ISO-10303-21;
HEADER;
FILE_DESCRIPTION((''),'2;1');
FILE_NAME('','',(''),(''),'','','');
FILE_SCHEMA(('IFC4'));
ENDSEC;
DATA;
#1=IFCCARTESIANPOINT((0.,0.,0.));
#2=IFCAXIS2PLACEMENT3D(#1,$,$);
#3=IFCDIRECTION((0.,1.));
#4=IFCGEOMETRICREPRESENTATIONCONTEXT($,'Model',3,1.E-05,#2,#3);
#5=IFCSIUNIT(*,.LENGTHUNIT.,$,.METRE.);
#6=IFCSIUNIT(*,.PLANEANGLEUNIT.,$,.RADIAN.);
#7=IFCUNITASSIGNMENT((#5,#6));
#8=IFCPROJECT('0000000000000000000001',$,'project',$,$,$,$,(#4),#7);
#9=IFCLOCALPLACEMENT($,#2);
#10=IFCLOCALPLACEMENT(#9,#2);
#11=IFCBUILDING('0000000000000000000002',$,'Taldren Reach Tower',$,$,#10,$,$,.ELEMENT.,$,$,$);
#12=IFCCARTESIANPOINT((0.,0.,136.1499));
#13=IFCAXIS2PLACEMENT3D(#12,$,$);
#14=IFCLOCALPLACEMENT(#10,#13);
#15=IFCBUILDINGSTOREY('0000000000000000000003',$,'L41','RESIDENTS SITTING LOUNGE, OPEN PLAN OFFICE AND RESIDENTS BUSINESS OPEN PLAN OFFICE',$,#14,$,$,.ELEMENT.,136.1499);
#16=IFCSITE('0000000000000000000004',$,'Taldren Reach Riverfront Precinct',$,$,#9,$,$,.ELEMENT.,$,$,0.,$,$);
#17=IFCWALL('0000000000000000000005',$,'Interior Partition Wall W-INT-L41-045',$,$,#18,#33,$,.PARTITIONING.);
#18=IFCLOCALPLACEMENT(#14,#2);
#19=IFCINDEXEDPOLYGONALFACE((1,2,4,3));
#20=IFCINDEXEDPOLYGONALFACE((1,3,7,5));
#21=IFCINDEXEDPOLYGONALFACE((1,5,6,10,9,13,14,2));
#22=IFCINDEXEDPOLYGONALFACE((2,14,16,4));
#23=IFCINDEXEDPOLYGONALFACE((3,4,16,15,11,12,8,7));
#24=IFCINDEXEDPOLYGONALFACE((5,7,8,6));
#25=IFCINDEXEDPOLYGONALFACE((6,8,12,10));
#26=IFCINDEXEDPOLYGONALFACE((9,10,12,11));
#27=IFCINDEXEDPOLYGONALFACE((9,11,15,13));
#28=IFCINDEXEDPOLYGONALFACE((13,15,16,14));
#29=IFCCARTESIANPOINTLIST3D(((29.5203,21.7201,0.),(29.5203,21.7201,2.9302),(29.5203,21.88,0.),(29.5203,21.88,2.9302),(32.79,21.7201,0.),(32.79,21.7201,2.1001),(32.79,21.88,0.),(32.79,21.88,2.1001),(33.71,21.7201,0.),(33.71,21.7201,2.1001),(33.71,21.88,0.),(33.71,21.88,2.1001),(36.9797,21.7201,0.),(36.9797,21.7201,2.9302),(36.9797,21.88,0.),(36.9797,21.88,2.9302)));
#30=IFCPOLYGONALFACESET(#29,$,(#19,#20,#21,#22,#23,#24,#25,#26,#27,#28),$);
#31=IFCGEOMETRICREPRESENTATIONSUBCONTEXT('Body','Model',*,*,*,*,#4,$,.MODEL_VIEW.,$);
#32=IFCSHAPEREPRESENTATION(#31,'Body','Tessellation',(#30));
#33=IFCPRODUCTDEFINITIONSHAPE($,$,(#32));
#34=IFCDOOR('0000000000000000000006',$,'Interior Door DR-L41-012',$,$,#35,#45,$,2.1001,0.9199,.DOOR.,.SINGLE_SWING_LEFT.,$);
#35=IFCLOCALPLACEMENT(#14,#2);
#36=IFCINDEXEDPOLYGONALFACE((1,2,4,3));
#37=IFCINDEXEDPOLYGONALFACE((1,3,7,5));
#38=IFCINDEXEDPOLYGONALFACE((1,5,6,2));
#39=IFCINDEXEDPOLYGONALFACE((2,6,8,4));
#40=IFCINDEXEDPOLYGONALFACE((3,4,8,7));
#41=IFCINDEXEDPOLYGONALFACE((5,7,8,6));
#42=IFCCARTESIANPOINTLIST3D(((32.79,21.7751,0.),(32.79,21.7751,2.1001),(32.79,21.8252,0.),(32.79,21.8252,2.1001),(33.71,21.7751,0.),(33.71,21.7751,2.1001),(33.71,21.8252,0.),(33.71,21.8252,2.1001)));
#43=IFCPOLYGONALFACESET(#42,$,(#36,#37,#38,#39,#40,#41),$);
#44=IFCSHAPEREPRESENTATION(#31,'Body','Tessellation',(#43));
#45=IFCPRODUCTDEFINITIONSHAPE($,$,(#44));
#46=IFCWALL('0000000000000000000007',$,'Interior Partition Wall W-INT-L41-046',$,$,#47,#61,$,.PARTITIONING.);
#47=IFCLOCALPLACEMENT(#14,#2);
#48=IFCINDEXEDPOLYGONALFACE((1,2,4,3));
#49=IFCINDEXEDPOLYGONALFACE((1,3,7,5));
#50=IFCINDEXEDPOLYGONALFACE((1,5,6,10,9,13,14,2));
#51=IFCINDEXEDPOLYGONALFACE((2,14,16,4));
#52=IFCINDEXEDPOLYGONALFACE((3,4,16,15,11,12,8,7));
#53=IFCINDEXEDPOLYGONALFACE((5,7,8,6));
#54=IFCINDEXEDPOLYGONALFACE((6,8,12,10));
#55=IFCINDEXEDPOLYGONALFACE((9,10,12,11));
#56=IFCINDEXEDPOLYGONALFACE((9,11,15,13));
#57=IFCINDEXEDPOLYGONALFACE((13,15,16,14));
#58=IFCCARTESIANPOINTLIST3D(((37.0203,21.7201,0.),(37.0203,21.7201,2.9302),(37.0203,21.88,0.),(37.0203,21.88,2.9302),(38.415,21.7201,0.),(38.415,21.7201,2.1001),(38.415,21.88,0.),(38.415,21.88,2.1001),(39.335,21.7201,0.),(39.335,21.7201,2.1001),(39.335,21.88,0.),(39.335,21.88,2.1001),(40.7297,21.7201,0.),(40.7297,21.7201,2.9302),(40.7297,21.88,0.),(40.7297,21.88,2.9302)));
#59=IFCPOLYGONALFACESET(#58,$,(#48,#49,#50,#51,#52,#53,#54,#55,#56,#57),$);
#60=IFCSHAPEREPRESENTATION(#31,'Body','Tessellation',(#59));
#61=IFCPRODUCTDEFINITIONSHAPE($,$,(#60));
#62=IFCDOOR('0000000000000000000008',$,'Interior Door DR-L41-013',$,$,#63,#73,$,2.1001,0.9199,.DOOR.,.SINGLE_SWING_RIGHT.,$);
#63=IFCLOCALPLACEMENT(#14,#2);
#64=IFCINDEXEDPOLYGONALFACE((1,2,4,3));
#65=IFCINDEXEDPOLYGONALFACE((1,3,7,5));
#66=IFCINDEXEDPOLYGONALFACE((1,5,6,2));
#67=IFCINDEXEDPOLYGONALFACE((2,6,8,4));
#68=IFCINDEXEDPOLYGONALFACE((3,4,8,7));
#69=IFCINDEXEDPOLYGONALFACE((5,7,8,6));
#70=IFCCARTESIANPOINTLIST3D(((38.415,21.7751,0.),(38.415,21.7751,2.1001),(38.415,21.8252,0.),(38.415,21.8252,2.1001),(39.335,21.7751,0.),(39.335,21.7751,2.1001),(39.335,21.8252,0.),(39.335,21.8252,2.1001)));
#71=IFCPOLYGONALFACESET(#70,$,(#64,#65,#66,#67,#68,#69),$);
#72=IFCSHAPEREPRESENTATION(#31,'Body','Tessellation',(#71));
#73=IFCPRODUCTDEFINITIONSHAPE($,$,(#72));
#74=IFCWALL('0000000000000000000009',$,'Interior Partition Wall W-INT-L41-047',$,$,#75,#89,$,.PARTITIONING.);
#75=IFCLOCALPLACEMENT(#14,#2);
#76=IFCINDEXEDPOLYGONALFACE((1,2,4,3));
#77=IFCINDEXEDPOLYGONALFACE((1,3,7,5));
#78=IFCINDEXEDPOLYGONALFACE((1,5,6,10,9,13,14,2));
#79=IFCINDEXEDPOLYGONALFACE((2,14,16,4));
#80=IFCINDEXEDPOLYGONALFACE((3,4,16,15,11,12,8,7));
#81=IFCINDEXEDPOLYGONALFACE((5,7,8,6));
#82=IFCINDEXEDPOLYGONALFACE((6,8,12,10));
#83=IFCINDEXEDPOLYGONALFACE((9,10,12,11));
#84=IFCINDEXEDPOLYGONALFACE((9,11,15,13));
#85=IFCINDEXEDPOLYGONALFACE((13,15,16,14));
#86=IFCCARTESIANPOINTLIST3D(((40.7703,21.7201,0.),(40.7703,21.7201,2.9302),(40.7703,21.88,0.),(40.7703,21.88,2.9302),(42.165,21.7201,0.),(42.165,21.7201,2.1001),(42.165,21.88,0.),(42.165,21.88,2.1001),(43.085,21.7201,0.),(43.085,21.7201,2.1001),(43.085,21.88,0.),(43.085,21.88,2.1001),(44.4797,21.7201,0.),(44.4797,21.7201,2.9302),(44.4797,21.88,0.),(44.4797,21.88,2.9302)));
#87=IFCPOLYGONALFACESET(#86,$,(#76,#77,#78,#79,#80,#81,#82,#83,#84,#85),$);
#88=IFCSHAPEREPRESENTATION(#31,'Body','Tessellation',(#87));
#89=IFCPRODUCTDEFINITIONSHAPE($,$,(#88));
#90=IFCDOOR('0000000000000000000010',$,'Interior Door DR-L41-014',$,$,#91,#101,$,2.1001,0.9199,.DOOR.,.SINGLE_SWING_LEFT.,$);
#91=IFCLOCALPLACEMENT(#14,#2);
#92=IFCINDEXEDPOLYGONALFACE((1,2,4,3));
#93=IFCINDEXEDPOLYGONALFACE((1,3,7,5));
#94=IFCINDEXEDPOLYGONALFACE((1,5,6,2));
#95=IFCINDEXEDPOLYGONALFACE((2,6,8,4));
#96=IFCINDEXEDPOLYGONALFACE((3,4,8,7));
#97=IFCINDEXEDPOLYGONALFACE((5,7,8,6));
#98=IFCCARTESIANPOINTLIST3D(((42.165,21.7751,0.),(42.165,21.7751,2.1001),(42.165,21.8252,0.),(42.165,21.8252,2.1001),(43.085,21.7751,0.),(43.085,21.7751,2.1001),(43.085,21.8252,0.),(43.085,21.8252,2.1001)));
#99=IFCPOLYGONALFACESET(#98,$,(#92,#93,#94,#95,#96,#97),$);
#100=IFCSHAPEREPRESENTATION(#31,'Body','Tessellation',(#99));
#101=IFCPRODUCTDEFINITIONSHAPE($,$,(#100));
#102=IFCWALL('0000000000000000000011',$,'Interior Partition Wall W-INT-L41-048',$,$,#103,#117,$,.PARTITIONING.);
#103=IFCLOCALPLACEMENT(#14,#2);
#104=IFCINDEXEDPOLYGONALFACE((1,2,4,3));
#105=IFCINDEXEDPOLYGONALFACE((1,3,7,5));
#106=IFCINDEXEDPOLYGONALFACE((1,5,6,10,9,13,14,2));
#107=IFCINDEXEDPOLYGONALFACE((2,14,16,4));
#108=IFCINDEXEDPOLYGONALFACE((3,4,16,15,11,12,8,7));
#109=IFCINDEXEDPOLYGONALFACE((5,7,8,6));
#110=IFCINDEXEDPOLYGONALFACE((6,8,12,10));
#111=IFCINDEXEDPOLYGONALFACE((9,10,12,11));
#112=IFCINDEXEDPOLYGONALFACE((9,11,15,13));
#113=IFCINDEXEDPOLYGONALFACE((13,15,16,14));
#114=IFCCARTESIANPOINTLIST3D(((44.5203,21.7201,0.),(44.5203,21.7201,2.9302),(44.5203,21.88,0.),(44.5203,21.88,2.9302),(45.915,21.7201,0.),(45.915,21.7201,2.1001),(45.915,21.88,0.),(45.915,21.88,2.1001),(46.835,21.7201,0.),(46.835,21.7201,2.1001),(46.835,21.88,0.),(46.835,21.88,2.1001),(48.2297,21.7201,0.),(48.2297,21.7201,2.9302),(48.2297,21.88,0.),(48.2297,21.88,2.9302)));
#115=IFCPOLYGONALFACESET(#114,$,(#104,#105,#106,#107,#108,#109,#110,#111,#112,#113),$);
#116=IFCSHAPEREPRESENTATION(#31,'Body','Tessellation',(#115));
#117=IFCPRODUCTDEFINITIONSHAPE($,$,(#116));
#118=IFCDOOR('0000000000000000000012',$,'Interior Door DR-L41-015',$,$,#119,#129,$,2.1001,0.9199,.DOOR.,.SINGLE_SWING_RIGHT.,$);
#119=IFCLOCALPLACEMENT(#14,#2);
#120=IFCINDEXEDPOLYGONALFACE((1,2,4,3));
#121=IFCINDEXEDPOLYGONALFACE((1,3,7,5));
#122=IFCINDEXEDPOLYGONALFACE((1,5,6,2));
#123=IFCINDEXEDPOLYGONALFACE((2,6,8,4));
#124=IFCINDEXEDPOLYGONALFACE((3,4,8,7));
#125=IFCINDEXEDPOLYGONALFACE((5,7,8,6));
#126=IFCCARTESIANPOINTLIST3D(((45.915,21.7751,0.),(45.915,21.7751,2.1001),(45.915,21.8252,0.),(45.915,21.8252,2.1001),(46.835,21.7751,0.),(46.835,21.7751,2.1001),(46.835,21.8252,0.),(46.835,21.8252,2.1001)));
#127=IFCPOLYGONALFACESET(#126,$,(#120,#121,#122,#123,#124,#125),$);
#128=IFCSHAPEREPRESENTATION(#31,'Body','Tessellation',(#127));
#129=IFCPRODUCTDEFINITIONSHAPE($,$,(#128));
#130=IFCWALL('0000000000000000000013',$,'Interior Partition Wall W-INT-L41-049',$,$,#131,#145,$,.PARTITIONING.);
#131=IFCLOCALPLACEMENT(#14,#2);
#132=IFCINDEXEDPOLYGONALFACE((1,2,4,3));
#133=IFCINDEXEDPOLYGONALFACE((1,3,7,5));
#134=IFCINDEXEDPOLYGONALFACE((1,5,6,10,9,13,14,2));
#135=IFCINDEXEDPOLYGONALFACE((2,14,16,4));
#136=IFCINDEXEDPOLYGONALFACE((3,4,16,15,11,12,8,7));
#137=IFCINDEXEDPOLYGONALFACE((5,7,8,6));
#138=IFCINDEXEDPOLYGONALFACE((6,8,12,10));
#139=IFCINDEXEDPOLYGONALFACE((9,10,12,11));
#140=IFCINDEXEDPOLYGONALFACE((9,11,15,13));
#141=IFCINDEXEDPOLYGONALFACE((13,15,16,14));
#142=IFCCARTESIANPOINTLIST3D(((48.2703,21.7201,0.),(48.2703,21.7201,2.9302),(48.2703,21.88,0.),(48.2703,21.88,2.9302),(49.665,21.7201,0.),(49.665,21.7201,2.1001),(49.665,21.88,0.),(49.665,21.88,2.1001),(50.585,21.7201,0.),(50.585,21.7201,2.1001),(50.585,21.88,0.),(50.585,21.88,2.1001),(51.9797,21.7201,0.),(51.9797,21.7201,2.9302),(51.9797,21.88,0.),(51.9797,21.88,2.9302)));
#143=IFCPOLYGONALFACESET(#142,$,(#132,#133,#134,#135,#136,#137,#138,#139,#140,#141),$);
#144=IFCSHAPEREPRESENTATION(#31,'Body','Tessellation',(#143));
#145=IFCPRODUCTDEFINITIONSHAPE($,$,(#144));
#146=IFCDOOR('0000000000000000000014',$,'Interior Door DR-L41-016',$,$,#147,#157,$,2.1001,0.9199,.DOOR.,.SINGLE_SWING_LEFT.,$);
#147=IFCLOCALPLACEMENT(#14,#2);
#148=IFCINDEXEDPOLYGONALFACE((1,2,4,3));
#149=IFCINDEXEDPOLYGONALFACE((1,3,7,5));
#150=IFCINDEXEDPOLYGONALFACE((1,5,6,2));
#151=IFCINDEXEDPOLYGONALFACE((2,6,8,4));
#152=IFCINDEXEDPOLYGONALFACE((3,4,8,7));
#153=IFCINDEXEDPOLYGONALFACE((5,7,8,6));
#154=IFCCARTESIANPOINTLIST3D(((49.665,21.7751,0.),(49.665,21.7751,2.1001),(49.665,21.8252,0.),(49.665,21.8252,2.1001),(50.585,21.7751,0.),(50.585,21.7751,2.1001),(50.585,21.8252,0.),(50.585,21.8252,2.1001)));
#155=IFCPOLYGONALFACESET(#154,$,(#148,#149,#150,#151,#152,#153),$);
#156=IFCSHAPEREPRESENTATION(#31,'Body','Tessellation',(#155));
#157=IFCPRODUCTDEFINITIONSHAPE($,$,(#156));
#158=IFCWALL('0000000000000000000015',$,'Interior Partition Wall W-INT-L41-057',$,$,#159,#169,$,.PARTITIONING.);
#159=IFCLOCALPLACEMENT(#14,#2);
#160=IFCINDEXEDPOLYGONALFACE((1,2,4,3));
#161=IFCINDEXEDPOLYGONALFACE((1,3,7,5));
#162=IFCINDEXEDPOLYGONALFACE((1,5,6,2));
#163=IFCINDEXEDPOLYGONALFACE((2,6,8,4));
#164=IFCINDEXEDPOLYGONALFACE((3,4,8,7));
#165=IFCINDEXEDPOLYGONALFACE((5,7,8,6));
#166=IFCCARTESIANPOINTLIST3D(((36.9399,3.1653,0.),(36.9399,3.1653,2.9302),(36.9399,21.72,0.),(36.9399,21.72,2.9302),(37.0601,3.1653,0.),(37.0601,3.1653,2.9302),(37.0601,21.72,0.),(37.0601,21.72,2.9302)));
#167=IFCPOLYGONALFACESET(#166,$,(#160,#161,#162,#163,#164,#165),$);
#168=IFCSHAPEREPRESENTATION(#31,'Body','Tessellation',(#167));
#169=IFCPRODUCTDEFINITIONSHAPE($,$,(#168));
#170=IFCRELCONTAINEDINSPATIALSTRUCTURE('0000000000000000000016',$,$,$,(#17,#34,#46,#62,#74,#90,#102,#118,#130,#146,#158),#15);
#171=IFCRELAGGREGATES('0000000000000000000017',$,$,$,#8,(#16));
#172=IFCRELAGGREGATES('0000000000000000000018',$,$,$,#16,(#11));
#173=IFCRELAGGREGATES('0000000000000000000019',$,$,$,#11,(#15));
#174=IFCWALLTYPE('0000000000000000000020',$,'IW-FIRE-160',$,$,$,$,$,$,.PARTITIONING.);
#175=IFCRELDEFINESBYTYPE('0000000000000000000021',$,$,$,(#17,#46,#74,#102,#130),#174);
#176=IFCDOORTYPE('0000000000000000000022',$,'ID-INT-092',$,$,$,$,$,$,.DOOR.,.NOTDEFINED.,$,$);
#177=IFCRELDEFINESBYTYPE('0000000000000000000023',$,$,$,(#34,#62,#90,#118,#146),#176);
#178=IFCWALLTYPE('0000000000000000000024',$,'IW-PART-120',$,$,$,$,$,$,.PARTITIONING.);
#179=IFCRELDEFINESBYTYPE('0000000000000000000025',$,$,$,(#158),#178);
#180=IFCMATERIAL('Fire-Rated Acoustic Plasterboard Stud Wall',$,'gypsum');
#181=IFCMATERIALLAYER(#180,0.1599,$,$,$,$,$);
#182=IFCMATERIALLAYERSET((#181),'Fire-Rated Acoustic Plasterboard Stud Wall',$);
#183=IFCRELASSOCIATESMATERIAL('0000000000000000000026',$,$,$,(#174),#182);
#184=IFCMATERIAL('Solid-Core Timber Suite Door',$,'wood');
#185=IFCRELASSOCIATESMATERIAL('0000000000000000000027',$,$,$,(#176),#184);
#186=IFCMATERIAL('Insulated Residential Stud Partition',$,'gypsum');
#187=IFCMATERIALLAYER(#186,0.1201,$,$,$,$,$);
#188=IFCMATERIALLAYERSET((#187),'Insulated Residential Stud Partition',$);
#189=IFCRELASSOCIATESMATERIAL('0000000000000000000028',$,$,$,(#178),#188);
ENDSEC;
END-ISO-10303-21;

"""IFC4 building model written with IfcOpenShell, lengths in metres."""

from ifc_helpers import new_model, si_unit, direction, frame, frame_2d, origin, place, context, subcontext, project, spatial, rectangle, extrude, source, transform, mapped, material, layer, layer_set, type_object, element, fill, save


model = new_model("IFC4")

# Units and contexts
model_context = context("Model", 3, precision=1e-05, world=origin(), true_north=direction((0.0, 1.0)))
body_context = subcontext(model_context, "Body", "Model", "MODEL_VIEW")
ifc_project = project(units=[si_unit("LENGTHUNIT", "METRE"), si_unit("PLANEANGLEUNIT", "RADIAN")], contexts=[model_context])

# Site, building, storey
site_placement = place(None, origin())
site = spatial("IfcSite", under=ifc_project, at=site_placement, Name="Taldren Reach Riverfront Precinct", CompositionType="ELEMENT", RefElevation=0.0)
building_placement = place(site_placement, origin())
building = spatial("IfcBuilding", under=site, at=building_placement, Name="Taldren Reach Tower", CompositionType="ELEMENT")
storey_placement = place(building_placement, frame((0.0, 0.0, 136.1499)))
storey = spatial("IfcBuildingStorey", under=building, at=storey_placement, Name="L41", Description="RESIDENTS SITTING LOUNGE, OPEN PLAN OFFICE AND RESIDENTS BUSINESS OPEN PLAN OFFICE", CompositionType="ELEMENT", Elevation=136.1499)

# Walls, openings, doors
ifc_material_1 = material(Name="Fire-Rated Acoustic Plasterboard Stud Wall", Category="gypsum")
ifc_layer_1 = layer(ifc_material_1, 0.1599)
ifc_layer_set_1 = layer_set([ifc_layer_1], Name="Fire-Rated Acoustic Plasterboard Stud Wall")
wall_type_1 = type_object("IfcWallType", Name="IW-FIRE-160", PredefinedType="PARTITIONING", material=ifc_layer_set_1)
shared_shape_1 = source(origin(), body_context, "Body", "SweptSolid", [
    extrude(rectangle(XDim=7.4595, YDim=0.1599, at=frame_2d((3.7297, 0.0))), origin(), (0.0, 0.0, 1.0), 2.9302),
])
wall_1_placement = place(storey_placement, frame((36.9797, 21.8, 0.0), z_axis=(0.0, 0.0, 1.0), x_axis=(-1.0, 0.0, 0.0)))
wall_1 = element("IfcWall", 1, at=wall_1_placement, inside=storey, type_object=wall_type_1, Name="Interior Partition Wall W-INT-L41-045", PredefinedType="PARTITIONING", context=body_context, shape_type="MappedRepresentation", body=[
    mapped(shared_shape_1, transform((0.0, 0.0, 0.0), scale=1.0)),
])
shared_shape_2 = source(origin(), body_context, "Body", "SweptSolid", [
    extrude(rectangle(XDim=0.9199, YDim=2.1001, at=frame_2d((0.46, 1.05))), frame((0.0, 0.0898, 0.0), z_axis=(0.0, -1.0, 0.0), x_axis=(1.0, 0.0, 0.0)), (0.0, 0.0, 1.0), 0.1799),
])
opening_1_placement = place(wall_1_placement, frame((3.2698, 0.0, 0.0)))
opening_1 = element("IfcOpeningElement", 2, at=opening_1_placement, cuts=wall_1, PredefinedType="OPENING", context=body_context, shape_type="MappedRepresentation", body=[
    mapped(shared_shape_2, transform((0.0, 0.0, 0.0), scale=1.0)),
])
ifc_material_2 = material(Name="Solid-Core Timber Suite Door", Category="wood")
door_type = type_object("IfcDoorType", Name="ID-INT-092", OperationType="NOTDEFINED", PredefinedType="DOOR", material=ifc_material_2)
shared_shape_3 = source(origin(), body_context, "Body", "SweptSolid", [
    extrude(rectangle(XDim=0.9199, YDim=2.1001, at=frame_2d((0.46, 1.05))), frame((0.0, 0.0249, 0.0), z_axis=(0.0, -1.0, 0.0), x_axis=(1.0, 0.0, 0.0)), (0.0, 0.0, 1.0), 0.05),
])
door_1_placement = place(opening_1_placement, origin())
door_1 = element("IfcDoor", 3, at=door_1_placement, inside=storey, type_object=door_type, Name="Interior Door DR-L41-012", OperationType="SINGLE_SWING_LEFT", OverallHeight=2.1001, OverallWidth=0.9199, PredefinedType="DOOR", context=body_context, shape_type="MappedRepresentation", body=[
    mapped(shared_shape_3, transform((0.0, 0.0, 0.0), scale=1.0)),
])
fill(opening_1, door_1)
shared_shape_4 = source(origin(), body_context, "Body", "SweptSolid", [
    extrude(rectangle(XDim=3.7095, YDim=0.1599, at=frame_2d((1.8547, 0.0))), origin(), (0.0, 0.0, 1.0), 2.9302),
])
wall_2_placement = place(storey_placement, frame((40.7297, 21.8, 0.0), z_axis=(0.0, 0.0, 1.0), x_axis=(-1.0, 0.0, 0.0)))
wall_2 = element("IfcWall", 4, at=wall_2_placement, inside=storey, type_object=wall_type_1, Name="Interior Partition Wall W-INT-L41-046", PredefinedType="PARTITIONING", context=body_context, shape_type="MappedRepresentation", body=[
    mapped(shared_shape_4, transform((0.0, 0.0, 0.0), scale=1.0)),
])
opening_2_placement = place(wall_2_placement, frame((1.3948, 0.0, 0.0)))
opening_2 = element("IfcOpeningElement", 5, at=opening_2_placement, cuts=wall_2, PredefinedType="OPENING", context=body_context, shape_type="MappedRepresentation", body=[
    mapped(shared_shape_2, transform((0.0, 0.0, 0.0), scale=1.0)),
])
door_2_placement = place(opening_2_placement, origin())
door_2 = element("IfcDoor", 6, at=door_2_placement, inside=storey, type_object=door_type, Name="Interior Door DR-L41-013", OperationType="SINGLE_SWING_RIGHT", OverallHeight=2.1001, OverallWidth=0.9199, PredefinedType="DOOR", context=body_context, shape_type="MappedRepresentation", body=[
    mapped(shared_shape_3, transform((0.0, 0.0, 0.0), scale=1.0)),
])
fill(opening_2, door_2)
wall_3_placement = place(storey_placement, frame((44.4797, 21.8, 0.0), z_axis=(0.0, 0.0, 1.0), x_axis=(-1.0, 0.0, 0.0)))
wall_3 = element("IfcWall", 7, at=wall_3_placement, inside=storey, type_object=wall_type_1, Name="Interior Partition Wall W-INT-L41-047", PredefinedType="PARTITIONING", context=body_context, shape_type="MappedRepresentation", body=[
    mapped(shared_shape_4, transform((0.0, 0.0, 0.0), scale=1.0)),
])
opening_3_placement = place(wall_3_placement, frame((1.3948, 0.0, 0.0)))
opening_3 = element("IfcOpeningElement", 8, at=opening_3_placement, cuts=wall_3, PredefinedType="OPENING", context=body_context, shape_type="MappedRepresentation", body=[
    mapped(shared_shape_2, transform((0.0, 0.0, 0.0), scale=1.0)),
])
door_3_placement = place(opening_3_placement, origin())
door_3 = element("IfcDoor", 9, at=door_3_placement, inside=storey, type_object=door_type, Name="Interior Door DR-L41-014", OperationType="SINGLE_SWING_LEFT", OverallHeight=2.1001, OverallWidth=0.9199, PredefinedType="DOOR", context=body_context, shape_type="MappedRepresentation", body=[
    mapped(shared_shape_3, transform((0.0, 0.0, 0.0), scale=1.0)),
])
fill(opening_3, door_3)
wall_4_placement = place(storey_placement, frame((48.2297, 21.8, 0.0), z_axis=(0.0, 0.0, 1.0), x_axis=(-1.0, 0.0, 0.0)))
wall_4 = element("IfcWall", 10, at=wall_4_placement, inside=storey, type_object=wall_type_1, Name="Interior Partition Wall W-INT-L41-048", PredefinedType="PARTITIONING", context=body_context, shape_type="MappedRepresentation", body=[
    mapped(shared_shape_4, transform((0.0, 0.0, 0.0), scale=1.0)),
])
opening_4_placement = place(wall_4_placement, frame((1.3948, 0.0, 0.0)))
opening_4 = element("IfcOpeningElement", 11, at=opening_4_placement, cuts=wall_4, PredefinedType="OPENING", context=body_context, shape_type="MappedRepresentation", body=[
    mapped(shared_shape_2, transform((0.0, 0.0, 0.0), scale=1.0)),
])
door_4_placement = place(opening_4_placement, origin())
door_4 = element("IfcDoor", 12, at=door_4_placement, inside=storey, type_object=door_type, Name="Interior Door DR-L41-015", OperationType="SINGLE_SWING_RIGHT", OverallHeight=2.1001, OverallWidth=0.9199, PredefinedType="DOOR", context=body_context, shape_type="MappedRepresentation", body=[
    mapped(shared_shape_3, transform((0.0, 0.0, 0.0), scale=1.0)),
])
fill(opening_4, door_4)
wall_5_placement = place(storey_placement, frame((51.9797, 21.8, 0.0), z_axis=(0.0, 0.0, 1.0), x_axis=(-1.0, 0.0, 0.0)))
wall_5 = element("IfcWall", 13, at=wall_5_placement, inside=storey, type_object=wall_type_1, Name="Interior Partition Wall W-INT-L41-049", PredefinedType="PARTITIONING", context=body_context, shape_type="MappedRepresentation", body=[
    mapped(shared_shape_4, transform((0.0, 0.0, 0.0), scale=1.0)),
])
opening_5_placement = place(wall_5_placement, frame((1.3948, 0.0, 0.0)))
opening_5 = element("IfcOpeningElement", 14, at=opening_5_placement, cuts=wall_5, PredefinedType="OPENING", context=body_context, shape_type="MappedRepresentation", body=[
    mapped(shared_shape_2, transform((0.0, 0.0, 0.0), scale=1.0)),
])
door_5_placement = place(opening_5_placement, origin())
door_5 = element("IfcDoor", 15, at=door_5_placement, inside=storey, type_object=door_type, Name="Interior Door DR-L41-016", OperationType="SINGLE_SWING_LEFT", OverallHeight=2.1001, OverallWidth=0.9199, PredefinedType="DOOR", context=body_context, shape_type="MappedRepresentation", body=[
    mapped(shared_shape_3, transform((0.0, 0.0, 0.0), scale=1.0)),
])
fill(opening_5, door_5)

# Wall
ifc_material_3 = material(Name="Insulated Residential Stud Partition", Category="gypsum")
ifc_layer_2 = layer(ifc_material_3, 0.1201)
ifc_layer_set_2 = layer_set([ifc_layer_2], Name="Insulated Residential Stud Partition")
wall_type_2 = type_object("IfcWallType", Name="IW-PART-120", PredefinedType="PARTITIONING", material=ifc_layer_set_2)
shared_shape_5 = source(origin(), body_context, "Body", "SweptSolid", [
    extrude(rectangle(XDim=18.5547, YDim=0.1201, at=frame_2d((9.2773, 0.0))), origin(), (0.0, 0.0, 1.0), 2.9302),
])
wall_6_placement = place(storey_placement, frame((37.0, 21.72, 0.0), z_axis=(0.0, 0.0, 1.0), x_axis=(0.0, -1.0, 0.0)))
element("IfcWall", 16, at=wall_6_placement, inside=storey, type_object=wall_type_2, Name="Interior Partition Wall W-INT-L41-057", PredefinedType="PARTITIONING", context=body_context, shape_type="MappedRepresentation", body=[
    mapped(shared_shape_5, transform((0.0, 0.0, 0.0), scale=1.0)),
])

save(model, "model.ifc")
